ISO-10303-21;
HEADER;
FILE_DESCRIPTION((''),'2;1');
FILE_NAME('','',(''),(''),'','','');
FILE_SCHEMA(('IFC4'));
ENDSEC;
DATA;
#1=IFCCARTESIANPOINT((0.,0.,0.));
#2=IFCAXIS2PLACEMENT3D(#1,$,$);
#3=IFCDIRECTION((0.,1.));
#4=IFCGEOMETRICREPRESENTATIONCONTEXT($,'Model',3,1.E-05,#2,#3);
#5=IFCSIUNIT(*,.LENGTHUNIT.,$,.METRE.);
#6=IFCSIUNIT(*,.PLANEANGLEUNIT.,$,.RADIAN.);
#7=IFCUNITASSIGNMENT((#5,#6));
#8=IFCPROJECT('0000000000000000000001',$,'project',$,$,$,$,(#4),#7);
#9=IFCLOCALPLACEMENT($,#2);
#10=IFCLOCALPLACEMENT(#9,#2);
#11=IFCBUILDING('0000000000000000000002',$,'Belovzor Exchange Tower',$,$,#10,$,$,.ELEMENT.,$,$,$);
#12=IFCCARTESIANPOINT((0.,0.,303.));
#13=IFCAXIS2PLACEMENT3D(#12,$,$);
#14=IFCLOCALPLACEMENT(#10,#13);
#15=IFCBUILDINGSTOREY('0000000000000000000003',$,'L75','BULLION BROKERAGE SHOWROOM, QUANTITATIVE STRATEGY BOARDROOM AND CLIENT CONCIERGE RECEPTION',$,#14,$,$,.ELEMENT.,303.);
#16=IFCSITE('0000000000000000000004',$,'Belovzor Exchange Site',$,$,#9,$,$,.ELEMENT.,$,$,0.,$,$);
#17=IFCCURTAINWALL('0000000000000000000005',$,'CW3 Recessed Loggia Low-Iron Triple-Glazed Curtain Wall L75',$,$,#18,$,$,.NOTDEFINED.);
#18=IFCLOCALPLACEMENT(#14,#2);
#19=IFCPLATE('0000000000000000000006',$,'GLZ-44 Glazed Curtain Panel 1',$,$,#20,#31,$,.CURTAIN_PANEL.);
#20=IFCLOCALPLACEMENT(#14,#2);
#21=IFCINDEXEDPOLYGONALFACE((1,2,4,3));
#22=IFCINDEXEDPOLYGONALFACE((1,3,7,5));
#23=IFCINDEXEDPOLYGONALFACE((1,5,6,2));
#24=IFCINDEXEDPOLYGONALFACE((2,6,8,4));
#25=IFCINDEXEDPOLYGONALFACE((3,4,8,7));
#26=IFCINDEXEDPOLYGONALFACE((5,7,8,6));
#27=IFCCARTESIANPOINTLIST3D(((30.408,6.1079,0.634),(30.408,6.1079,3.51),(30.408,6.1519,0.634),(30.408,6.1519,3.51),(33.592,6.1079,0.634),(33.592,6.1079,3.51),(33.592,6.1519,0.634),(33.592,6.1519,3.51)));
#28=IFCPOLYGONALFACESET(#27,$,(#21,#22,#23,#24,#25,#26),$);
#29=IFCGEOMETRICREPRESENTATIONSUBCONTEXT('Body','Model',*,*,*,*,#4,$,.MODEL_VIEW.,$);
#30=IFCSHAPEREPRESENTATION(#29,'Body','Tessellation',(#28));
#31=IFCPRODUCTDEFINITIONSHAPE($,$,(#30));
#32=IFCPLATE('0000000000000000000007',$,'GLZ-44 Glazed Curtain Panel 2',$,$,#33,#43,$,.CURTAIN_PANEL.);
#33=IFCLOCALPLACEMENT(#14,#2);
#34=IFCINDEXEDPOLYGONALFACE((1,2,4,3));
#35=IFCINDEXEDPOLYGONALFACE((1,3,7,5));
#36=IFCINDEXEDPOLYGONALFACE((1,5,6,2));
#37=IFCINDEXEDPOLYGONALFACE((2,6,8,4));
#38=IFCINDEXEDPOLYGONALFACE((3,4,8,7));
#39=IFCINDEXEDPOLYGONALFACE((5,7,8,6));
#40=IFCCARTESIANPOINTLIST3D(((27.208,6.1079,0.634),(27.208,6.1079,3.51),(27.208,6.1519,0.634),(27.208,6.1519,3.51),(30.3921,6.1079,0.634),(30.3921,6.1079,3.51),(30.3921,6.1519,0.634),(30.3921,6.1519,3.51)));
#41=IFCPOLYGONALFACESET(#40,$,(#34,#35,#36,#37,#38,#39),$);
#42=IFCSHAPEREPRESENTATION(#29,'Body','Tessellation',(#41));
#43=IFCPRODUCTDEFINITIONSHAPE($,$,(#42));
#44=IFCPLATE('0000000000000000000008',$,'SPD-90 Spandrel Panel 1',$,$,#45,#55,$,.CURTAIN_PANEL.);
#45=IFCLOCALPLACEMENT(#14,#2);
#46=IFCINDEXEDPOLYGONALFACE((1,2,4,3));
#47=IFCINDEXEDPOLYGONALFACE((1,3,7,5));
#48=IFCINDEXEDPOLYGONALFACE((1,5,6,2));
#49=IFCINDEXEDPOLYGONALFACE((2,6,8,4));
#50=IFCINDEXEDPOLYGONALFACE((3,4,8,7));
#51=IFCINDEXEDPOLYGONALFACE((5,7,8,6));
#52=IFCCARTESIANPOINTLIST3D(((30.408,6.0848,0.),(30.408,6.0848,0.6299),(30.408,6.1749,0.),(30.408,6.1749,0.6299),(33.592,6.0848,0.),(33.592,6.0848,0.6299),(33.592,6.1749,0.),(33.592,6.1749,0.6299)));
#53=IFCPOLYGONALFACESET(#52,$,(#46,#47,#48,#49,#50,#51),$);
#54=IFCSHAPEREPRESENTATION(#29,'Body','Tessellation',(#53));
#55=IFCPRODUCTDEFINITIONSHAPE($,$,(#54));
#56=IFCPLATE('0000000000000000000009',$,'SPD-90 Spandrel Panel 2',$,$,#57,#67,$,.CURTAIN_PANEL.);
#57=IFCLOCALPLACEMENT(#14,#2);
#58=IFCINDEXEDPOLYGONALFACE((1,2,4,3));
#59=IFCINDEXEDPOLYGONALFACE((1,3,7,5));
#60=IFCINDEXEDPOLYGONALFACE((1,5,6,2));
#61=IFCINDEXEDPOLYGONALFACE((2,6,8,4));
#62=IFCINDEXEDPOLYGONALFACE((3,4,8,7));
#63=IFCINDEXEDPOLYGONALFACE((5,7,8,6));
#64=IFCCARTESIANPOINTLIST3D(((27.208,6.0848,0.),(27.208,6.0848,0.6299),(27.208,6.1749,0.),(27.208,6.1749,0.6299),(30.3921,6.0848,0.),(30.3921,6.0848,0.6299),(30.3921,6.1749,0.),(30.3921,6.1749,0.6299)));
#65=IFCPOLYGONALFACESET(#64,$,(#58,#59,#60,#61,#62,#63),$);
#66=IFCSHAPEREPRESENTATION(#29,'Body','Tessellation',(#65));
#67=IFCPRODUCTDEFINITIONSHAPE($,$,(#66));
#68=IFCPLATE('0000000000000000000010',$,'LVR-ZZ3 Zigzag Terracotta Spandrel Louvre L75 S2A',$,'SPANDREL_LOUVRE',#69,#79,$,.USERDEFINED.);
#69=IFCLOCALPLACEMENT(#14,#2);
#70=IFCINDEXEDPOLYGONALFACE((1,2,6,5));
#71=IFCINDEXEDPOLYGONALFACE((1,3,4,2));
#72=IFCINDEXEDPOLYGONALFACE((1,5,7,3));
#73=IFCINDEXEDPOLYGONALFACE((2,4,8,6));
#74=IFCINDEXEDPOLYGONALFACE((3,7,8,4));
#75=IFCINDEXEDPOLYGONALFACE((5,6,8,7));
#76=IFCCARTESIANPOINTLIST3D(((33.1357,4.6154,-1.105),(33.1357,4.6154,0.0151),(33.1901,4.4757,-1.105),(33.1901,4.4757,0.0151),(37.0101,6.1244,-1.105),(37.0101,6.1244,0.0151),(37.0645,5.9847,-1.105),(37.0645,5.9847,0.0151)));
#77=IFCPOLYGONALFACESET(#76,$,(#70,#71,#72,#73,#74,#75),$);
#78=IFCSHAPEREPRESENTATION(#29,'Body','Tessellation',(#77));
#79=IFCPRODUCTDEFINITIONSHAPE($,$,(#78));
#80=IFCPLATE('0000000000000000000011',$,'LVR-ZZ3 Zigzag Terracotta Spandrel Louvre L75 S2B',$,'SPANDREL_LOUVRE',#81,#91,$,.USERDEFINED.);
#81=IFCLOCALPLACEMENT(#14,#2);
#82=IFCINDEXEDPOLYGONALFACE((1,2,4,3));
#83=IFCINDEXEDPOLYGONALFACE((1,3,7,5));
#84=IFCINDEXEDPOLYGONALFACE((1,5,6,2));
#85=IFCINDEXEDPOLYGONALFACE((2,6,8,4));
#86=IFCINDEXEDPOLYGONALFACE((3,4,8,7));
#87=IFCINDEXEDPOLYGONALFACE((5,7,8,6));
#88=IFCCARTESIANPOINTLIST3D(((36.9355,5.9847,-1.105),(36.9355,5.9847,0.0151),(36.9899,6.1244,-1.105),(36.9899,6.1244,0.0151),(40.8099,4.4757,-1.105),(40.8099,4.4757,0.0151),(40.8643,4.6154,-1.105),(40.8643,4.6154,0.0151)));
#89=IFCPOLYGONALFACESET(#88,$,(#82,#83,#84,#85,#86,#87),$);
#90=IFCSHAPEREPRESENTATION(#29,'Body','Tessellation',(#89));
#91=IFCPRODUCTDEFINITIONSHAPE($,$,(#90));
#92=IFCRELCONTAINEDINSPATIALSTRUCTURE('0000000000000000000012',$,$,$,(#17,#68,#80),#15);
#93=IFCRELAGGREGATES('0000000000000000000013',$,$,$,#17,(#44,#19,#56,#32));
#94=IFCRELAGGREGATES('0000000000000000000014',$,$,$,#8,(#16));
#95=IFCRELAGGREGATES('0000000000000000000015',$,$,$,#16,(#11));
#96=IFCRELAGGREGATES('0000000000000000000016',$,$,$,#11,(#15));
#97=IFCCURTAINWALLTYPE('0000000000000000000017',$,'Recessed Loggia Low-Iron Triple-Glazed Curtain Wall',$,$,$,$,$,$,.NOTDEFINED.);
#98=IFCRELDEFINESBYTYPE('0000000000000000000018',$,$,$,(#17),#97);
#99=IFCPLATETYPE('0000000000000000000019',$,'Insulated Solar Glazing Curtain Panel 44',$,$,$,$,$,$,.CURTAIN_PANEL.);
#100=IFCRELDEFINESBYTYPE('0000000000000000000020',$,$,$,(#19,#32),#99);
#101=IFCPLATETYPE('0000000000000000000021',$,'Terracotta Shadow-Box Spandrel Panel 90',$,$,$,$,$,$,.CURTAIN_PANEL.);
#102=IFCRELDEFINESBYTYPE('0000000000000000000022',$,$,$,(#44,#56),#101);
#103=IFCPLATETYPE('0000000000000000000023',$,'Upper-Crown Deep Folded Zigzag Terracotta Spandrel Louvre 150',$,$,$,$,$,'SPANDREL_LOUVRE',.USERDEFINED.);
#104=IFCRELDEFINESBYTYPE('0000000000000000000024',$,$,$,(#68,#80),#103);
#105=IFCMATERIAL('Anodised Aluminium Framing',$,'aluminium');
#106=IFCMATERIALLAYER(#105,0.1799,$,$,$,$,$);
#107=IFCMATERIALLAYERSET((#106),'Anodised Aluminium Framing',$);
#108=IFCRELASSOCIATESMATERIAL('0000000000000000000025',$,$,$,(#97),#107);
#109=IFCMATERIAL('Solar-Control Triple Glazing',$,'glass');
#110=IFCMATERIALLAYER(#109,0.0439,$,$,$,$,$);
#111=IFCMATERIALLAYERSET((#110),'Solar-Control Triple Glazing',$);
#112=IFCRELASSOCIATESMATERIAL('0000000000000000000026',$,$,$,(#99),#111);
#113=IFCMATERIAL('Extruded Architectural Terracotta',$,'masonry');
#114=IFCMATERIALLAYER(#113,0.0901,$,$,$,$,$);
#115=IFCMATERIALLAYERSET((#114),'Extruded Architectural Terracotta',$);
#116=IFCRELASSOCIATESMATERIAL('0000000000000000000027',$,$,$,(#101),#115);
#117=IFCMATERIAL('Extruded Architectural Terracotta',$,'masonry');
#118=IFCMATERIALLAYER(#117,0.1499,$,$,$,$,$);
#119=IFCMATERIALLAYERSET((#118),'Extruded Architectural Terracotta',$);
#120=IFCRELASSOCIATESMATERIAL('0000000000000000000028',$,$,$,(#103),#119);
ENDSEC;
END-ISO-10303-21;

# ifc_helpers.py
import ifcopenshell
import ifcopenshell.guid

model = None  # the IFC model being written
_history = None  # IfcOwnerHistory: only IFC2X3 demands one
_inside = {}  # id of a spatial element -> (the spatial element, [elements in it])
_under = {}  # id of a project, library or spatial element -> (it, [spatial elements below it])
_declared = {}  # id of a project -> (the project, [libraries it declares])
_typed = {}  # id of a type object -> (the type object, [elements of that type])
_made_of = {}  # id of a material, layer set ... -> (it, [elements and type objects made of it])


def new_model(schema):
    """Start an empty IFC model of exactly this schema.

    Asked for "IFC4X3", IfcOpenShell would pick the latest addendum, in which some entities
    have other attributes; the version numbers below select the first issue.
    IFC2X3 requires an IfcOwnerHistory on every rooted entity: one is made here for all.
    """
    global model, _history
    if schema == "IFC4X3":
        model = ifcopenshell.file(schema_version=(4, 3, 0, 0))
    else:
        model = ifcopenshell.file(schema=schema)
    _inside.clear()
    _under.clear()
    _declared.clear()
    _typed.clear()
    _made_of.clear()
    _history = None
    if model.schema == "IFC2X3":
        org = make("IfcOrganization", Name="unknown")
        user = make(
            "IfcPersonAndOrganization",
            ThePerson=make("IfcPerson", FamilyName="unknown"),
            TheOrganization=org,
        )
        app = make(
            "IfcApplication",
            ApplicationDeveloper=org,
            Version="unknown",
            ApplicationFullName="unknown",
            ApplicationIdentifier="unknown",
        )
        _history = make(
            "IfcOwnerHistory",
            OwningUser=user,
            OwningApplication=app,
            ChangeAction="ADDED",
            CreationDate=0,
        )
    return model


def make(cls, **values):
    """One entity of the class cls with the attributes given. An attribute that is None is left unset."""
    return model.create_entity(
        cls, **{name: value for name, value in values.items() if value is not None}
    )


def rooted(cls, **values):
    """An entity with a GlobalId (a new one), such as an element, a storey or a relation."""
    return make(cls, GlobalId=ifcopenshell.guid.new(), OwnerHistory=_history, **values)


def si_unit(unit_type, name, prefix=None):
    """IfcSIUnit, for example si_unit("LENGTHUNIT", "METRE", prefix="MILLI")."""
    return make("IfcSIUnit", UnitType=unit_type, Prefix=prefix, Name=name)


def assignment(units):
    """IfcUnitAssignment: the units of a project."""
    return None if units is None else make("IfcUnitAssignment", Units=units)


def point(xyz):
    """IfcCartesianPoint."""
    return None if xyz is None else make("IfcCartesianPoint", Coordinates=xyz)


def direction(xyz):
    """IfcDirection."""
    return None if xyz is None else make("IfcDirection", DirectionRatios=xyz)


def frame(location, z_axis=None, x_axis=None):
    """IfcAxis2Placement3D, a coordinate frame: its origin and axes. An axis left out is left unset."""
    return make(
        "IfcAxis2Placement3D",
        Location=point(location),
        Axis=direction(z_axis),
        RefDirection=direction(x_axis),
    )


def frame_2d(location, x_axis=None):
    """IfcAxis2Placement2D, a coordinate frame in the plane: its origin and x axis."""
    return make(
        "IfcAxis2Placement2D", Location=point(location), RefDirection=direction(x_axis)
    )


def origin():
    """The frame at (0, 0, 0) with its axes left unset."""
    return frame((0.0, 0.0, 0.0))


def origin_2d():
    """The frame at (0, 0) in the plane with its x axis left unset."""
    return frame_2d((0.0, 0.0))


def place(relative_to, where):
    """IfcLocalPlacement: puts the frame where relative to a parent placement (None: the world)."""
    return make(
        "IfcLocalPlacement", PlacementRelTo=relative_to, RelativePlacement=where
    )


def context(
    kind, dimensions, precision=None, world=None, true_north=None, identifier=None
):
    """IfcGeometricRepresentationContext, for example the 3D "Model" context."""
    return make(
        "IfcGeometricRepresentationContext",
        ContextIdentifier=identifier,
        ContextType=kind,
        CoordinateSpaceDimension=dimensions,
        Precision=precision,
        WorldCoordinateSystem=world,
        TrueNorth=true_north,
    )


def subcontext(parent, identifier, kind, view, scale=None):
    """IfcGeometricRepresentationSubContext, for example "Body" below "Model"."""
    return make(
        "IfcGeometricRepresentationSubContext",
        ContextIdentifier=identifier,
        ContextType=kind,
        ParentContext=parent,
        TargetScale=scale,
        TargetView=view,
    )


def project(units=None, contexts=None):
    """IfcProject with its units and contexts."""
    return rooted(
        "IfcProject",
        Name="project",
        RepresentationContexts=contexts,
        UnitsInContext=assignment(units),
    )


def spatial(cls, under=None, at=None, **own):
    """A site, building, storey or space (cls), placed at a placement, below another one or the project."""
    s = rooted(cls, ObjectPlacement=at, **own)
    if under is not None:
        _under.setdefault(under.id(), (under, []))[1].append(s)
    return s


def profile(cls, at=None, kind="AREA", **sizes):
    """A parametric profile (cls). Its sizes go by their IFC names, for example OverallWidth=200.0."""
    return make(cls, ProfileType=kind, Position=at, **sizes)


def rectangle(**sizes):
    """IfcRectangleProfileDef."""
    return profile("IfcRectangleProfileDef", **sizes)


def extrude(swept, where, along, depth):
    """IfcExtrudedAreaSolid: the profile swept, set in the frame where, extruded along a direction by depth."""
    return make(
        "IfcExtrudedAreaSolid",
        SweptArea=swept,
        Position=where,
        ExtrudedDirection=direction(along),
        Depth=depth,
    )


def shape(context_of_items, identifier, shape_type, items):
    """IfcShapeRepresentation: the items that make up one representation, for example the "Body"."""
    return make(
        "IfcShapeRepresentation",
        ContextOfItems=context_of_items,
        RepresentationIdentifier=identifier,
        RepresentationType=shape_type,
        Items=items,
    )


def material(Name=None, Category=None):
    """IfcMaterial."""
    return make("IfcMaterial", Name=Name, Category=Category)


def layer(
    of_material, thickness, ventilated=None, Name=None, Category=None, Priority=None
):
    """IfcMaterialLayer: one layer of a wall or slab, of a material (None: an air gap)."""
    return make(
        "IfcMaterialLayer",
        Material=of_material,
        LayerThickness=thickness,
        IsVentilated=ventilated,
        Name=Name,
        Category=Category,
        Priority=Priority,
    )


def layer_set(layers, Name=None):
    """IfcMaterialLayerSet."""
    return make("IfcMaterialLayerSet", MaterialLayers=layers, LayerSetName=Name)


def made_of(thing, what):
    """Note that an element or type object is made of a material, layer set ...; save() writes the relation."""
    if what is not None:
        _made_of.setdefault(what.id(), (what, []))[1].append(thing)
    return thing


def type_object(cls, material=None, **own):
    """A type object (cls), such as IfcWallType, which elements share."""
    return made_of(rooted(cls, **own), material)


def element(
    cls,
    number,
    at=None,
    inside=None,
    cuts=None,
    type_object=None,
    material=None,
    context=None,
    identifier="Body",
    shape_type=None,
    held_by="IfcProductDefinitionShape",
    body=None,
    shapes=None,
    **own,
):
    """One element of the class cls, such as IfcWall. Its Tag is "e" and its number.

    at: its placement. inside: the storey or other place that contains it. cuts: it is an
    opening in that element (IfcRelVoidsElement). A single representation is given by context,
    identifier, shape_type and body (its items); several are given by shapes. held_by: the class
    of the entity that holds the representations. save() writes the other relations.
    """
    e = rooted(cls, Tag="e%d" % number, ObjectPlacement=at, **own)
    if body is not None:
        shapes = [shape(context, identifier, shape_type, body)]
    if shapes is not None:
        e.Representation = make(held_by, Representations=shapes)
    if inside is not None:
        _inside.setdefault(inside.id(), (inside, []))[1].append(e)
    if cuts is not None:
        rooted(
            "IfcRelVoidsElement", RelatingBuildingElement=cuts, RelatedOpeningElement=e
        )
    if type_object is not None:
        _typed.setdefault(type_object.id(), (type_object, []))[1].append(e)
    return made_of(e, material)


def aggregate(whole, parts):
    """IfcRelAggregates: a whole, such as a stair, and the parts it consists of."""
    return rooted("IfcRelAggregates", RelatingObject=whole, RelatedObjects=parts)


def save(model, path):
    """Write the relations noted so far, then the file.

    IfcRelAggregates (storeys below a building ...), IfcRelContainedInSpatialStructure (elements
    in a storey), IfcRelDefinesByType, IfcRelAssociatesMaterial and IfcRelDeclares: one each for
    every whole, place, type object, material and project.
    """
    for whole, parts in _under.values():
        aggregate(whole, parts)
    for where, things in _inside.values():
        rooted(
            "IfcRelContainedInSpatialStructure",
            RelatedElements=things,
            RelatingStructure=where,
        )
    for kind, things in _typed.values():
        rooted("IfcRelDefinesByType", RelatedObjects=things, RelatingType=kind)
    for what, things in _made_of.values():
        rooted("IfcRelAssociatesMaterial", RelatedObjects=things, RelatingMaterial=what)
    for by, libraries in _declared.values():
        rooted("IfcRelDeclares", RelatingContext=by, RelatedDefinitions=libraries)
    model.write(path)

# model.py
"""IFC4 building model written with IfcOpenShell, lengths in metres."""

from ifc_helpers import new_model, si_unit, direction, frame, origin, origin_2d, place, context, subcontext, project, spatial, rectangle, extrude, material, layer, layer_set, type_object, element, aggregate, save


model = new_model("IFC4")

# Units and contexts
model_context = context("Model", 3, precision=1e-05, world=origin(), true_north=direction((0.0, 1.0)))
body_context = subcontext(model_context, "Body", "Model", "MODEL_VIEW")
ifc_project = project(units=[si_unit("LENGTHUNIT", "METRE"), si_unit("PLANEANGLEUNIT", "RADIAN")], contexts=[model_context])

# Site, building, storey
site_placement = place(None, origin())
site = spatial("IfcSite", under=ifc_project, at=site_placement, Name="Belovzor Exchange Site", CompositionType="ELEMENT", RefElevation=0.0)
building_placement = place(site_placement, origin())
building = spatial("IfcBuilding", under=site, at=building_placement, Name="Belovzor Exchange Tower", CompositionType="ELEMENT")
storey_placement = place(building_placement, frame((0.0, 0.0, 303.0)))
storey = spatial("IfcBuildingStorey", under=building, at=storey_placement, Name="L75", Description="BULLION BROKERAGE SHOWROOM, QUANTITATIVE STRATEGY BOARDROOM AND CLIENT CONCIERGE RECEPTION", CompositionType="ELEMENT", Elevation=303.0)

# Curtain wall
ifc_material_1 = material(Name="Anodised Aluminium Framing", Category="aluminium")
ifc_layer_1 = layer(ifc_material_1, 0.1799)
ifc_layer_set_1 = layer_set([ifc_layer_1], Name="Anodised Aluminium Framing")
curtain_wall_type = type_object("IfcCurtainWallType", Name="Recessed Loggia Low-Iron Triple-Glazed Curtain Wall", PredefinedType="NOTDEFINED", material=ifc_layer_set_1)
curtain_wall_placement = place(storey_placement, origin())
curtain_wall = element("IfcCurtainWall", 1, at=curtain_wall_placement, inside=storey, type_object=curtain_wall_type, Name="CW3 Recessed Loggia Low-Iron Triple-Glazed Curtain Wall L75", PredefinedType="NOTDEFINED")

# Plates
ifc_material_2 = material(Name="Solar-Control Triple Glazing", Category="glass")
ifc_layer_2 = layer(ifc_material_2, 0.0439)
ifc_layer_set_2 = layer_set([ifc_layer_2], Name="Solar-Control Triple Glazing")
plate_type_1 = type_object("IfcPlateType", Name="Insulated Solar Glazing Curtain Panel 44", PredefinedType="CURTAIN_PANEL", material=ifc_layer_set_2)
plate_1_placement = place(storey_placement, frame((32.0, 6.1299, 0.634), z_axis=(0.0, 0.0, 1.0), x_axis=(-1.0, 0.0, 0.0)))
plate_1 = element("IfcPlate", 2, at=plate_1_placement, type_object=plate_type_1, Name="GLZ-44 Glazed Curtain Panel 1", PredefinedType="CURTAIN_PANEL", context=body_context, shape_type="SweptSolid", body=[
    extrude(rectangle(XDim=3.1841, YDim=0.0439, at=origin_2d()), origin(), (0.0, 0.0, 1.0), 2.876),
])
plate_2_placement = place(storey_placement, frame((28.8, 6.1299, 0.634), z_axis=(0.0, 0.0, 1.0), x_axis=(-1.0, 0.0, 0.0)))
plate_2 = element("IfcPlate", 3, at=plate_2_placement, type_object=plate_type_1, Name="GLZ-44 Glazed Curtain Panel 2", PredefinedType="CURTAIN_PANEL", context=body_context, shape_type="SweptSolid", body=[
    extrude(rectangle(XDim=3.1841, YDim=0.0439, at=origin_2d()), origin(), (0.0, 0.0, 1.0), 2.876),
])
ifc_material_3 = material(Name="Extruded Architectural Terracotta", Category="masonry")
ifc_layer_3 = layer(ifc_material_3, 0.0901)
ifc_layer_set_3 = layer_set([ifc_layer_3], Name="Extruded Architectural Terracotta")
plate_type_2 = type_object("IfcPlateType", Name="Terracotta Shadow-Box Spandrel Panel 90", PredefinedType="CURTAIN_PANEL", material=ifc_layer_set_3)
plate_3_placement = place(storey_placement, frame((32.0, 6.1299, 0.0), z_axis=(0.0, 0.0, 1.0), x_axis=(-1.0, 0.0, 0.0)))
plate_3 = element("IfcPlate", 4, at=plate_3_placement, type_object=plate_type_2, Name="SPD-90 Spandrel Panel 1", PredefinedType="CURTAIN_PANEL", context=body_context, shape_type="SweptSolid", body=[
    extrude(rectangle(XDim=3.1841, YDim=0.0901, at=origin_2d()), origin(), (0.0, 0.0, 1.0), 0.6299),
])
plate_4_placement = place(storey_placement, frame((28.8, 6.1299, 0.0), z_axis=(0.0, 0.0, 1.0), x_axis=(-1.0, 0.0, 0.0)))
plate_4 = element("IfcPlate", 5, at=plate_4_placement, type_object=plate_type_2, Name="SPD-90 Spandrel Panel 2", PredefinedType="CURTAIN_PANEL", context=body_context, shape_type="SweptSolid", body=[
    extrude(rectangle(XDim=3.1841, YDim=0.0901, at=origin_2d()), origin(), (0.0, 0.0, 1.0), 0.6299),
])
aggregate(curtain_wall, [plate_3, plate_1, plate_4, plate_2])

# Plates
ifc_material_4 = material(Name="Extruded Architectural Terracotta", Category="masonry")
ifc_layer_4 = layer(ifc_material_4, 0.1499)
ifc_layer_set_4 = layer_set([ifc_layer_4], Name="Extruded Architectural Terracotta")
plate_type_3 = type_object("IfcPlateType", Name="Upper-Crown Deep Folded Zigzag Terracotta Spandrel Louvre 150", ElementType="SPANDREL_LOUVRE", PredefinedType="USERDEFINED", material=ifc_layer_set_4)
for number, where, z_axis, x_axis, name in (
    (6, (35.1001, 5.3, -1.105), (0.0, 0.0, 1.0), (0.931818, 0.362926, 0.0), "LVR-ZZ3 Zigzag Terracotta Spandrel Louvre L75 S2A"),
    (7, (38.8999, 5.3, -1.105), (0.0, 0.0, 1.0), (0.931818, -0.362926, 0.0), "LVR-ZZ3 Zigzag Terracotta Spandrel Louvre L75 S2B"),
):
    element("IfcPlate", number, at=place(storey_placement, frame(where, z_axis=z_axis, x_axis=x_axis)), inside=storey, type_object=plate_type_3, Name=name, ObjectType="SPANDREL_LOUVRE", PredefinedType="USERDEFINED", context=body_context, shape_type="SweptSolid", body=[
        extrude(rectangle(XDim=4.158, YDim=0.1499, at=origin_2d()), origin(), (0.0, 0.0, 1.0), 1.1201),
    ])

save(model, "model.ifc")
